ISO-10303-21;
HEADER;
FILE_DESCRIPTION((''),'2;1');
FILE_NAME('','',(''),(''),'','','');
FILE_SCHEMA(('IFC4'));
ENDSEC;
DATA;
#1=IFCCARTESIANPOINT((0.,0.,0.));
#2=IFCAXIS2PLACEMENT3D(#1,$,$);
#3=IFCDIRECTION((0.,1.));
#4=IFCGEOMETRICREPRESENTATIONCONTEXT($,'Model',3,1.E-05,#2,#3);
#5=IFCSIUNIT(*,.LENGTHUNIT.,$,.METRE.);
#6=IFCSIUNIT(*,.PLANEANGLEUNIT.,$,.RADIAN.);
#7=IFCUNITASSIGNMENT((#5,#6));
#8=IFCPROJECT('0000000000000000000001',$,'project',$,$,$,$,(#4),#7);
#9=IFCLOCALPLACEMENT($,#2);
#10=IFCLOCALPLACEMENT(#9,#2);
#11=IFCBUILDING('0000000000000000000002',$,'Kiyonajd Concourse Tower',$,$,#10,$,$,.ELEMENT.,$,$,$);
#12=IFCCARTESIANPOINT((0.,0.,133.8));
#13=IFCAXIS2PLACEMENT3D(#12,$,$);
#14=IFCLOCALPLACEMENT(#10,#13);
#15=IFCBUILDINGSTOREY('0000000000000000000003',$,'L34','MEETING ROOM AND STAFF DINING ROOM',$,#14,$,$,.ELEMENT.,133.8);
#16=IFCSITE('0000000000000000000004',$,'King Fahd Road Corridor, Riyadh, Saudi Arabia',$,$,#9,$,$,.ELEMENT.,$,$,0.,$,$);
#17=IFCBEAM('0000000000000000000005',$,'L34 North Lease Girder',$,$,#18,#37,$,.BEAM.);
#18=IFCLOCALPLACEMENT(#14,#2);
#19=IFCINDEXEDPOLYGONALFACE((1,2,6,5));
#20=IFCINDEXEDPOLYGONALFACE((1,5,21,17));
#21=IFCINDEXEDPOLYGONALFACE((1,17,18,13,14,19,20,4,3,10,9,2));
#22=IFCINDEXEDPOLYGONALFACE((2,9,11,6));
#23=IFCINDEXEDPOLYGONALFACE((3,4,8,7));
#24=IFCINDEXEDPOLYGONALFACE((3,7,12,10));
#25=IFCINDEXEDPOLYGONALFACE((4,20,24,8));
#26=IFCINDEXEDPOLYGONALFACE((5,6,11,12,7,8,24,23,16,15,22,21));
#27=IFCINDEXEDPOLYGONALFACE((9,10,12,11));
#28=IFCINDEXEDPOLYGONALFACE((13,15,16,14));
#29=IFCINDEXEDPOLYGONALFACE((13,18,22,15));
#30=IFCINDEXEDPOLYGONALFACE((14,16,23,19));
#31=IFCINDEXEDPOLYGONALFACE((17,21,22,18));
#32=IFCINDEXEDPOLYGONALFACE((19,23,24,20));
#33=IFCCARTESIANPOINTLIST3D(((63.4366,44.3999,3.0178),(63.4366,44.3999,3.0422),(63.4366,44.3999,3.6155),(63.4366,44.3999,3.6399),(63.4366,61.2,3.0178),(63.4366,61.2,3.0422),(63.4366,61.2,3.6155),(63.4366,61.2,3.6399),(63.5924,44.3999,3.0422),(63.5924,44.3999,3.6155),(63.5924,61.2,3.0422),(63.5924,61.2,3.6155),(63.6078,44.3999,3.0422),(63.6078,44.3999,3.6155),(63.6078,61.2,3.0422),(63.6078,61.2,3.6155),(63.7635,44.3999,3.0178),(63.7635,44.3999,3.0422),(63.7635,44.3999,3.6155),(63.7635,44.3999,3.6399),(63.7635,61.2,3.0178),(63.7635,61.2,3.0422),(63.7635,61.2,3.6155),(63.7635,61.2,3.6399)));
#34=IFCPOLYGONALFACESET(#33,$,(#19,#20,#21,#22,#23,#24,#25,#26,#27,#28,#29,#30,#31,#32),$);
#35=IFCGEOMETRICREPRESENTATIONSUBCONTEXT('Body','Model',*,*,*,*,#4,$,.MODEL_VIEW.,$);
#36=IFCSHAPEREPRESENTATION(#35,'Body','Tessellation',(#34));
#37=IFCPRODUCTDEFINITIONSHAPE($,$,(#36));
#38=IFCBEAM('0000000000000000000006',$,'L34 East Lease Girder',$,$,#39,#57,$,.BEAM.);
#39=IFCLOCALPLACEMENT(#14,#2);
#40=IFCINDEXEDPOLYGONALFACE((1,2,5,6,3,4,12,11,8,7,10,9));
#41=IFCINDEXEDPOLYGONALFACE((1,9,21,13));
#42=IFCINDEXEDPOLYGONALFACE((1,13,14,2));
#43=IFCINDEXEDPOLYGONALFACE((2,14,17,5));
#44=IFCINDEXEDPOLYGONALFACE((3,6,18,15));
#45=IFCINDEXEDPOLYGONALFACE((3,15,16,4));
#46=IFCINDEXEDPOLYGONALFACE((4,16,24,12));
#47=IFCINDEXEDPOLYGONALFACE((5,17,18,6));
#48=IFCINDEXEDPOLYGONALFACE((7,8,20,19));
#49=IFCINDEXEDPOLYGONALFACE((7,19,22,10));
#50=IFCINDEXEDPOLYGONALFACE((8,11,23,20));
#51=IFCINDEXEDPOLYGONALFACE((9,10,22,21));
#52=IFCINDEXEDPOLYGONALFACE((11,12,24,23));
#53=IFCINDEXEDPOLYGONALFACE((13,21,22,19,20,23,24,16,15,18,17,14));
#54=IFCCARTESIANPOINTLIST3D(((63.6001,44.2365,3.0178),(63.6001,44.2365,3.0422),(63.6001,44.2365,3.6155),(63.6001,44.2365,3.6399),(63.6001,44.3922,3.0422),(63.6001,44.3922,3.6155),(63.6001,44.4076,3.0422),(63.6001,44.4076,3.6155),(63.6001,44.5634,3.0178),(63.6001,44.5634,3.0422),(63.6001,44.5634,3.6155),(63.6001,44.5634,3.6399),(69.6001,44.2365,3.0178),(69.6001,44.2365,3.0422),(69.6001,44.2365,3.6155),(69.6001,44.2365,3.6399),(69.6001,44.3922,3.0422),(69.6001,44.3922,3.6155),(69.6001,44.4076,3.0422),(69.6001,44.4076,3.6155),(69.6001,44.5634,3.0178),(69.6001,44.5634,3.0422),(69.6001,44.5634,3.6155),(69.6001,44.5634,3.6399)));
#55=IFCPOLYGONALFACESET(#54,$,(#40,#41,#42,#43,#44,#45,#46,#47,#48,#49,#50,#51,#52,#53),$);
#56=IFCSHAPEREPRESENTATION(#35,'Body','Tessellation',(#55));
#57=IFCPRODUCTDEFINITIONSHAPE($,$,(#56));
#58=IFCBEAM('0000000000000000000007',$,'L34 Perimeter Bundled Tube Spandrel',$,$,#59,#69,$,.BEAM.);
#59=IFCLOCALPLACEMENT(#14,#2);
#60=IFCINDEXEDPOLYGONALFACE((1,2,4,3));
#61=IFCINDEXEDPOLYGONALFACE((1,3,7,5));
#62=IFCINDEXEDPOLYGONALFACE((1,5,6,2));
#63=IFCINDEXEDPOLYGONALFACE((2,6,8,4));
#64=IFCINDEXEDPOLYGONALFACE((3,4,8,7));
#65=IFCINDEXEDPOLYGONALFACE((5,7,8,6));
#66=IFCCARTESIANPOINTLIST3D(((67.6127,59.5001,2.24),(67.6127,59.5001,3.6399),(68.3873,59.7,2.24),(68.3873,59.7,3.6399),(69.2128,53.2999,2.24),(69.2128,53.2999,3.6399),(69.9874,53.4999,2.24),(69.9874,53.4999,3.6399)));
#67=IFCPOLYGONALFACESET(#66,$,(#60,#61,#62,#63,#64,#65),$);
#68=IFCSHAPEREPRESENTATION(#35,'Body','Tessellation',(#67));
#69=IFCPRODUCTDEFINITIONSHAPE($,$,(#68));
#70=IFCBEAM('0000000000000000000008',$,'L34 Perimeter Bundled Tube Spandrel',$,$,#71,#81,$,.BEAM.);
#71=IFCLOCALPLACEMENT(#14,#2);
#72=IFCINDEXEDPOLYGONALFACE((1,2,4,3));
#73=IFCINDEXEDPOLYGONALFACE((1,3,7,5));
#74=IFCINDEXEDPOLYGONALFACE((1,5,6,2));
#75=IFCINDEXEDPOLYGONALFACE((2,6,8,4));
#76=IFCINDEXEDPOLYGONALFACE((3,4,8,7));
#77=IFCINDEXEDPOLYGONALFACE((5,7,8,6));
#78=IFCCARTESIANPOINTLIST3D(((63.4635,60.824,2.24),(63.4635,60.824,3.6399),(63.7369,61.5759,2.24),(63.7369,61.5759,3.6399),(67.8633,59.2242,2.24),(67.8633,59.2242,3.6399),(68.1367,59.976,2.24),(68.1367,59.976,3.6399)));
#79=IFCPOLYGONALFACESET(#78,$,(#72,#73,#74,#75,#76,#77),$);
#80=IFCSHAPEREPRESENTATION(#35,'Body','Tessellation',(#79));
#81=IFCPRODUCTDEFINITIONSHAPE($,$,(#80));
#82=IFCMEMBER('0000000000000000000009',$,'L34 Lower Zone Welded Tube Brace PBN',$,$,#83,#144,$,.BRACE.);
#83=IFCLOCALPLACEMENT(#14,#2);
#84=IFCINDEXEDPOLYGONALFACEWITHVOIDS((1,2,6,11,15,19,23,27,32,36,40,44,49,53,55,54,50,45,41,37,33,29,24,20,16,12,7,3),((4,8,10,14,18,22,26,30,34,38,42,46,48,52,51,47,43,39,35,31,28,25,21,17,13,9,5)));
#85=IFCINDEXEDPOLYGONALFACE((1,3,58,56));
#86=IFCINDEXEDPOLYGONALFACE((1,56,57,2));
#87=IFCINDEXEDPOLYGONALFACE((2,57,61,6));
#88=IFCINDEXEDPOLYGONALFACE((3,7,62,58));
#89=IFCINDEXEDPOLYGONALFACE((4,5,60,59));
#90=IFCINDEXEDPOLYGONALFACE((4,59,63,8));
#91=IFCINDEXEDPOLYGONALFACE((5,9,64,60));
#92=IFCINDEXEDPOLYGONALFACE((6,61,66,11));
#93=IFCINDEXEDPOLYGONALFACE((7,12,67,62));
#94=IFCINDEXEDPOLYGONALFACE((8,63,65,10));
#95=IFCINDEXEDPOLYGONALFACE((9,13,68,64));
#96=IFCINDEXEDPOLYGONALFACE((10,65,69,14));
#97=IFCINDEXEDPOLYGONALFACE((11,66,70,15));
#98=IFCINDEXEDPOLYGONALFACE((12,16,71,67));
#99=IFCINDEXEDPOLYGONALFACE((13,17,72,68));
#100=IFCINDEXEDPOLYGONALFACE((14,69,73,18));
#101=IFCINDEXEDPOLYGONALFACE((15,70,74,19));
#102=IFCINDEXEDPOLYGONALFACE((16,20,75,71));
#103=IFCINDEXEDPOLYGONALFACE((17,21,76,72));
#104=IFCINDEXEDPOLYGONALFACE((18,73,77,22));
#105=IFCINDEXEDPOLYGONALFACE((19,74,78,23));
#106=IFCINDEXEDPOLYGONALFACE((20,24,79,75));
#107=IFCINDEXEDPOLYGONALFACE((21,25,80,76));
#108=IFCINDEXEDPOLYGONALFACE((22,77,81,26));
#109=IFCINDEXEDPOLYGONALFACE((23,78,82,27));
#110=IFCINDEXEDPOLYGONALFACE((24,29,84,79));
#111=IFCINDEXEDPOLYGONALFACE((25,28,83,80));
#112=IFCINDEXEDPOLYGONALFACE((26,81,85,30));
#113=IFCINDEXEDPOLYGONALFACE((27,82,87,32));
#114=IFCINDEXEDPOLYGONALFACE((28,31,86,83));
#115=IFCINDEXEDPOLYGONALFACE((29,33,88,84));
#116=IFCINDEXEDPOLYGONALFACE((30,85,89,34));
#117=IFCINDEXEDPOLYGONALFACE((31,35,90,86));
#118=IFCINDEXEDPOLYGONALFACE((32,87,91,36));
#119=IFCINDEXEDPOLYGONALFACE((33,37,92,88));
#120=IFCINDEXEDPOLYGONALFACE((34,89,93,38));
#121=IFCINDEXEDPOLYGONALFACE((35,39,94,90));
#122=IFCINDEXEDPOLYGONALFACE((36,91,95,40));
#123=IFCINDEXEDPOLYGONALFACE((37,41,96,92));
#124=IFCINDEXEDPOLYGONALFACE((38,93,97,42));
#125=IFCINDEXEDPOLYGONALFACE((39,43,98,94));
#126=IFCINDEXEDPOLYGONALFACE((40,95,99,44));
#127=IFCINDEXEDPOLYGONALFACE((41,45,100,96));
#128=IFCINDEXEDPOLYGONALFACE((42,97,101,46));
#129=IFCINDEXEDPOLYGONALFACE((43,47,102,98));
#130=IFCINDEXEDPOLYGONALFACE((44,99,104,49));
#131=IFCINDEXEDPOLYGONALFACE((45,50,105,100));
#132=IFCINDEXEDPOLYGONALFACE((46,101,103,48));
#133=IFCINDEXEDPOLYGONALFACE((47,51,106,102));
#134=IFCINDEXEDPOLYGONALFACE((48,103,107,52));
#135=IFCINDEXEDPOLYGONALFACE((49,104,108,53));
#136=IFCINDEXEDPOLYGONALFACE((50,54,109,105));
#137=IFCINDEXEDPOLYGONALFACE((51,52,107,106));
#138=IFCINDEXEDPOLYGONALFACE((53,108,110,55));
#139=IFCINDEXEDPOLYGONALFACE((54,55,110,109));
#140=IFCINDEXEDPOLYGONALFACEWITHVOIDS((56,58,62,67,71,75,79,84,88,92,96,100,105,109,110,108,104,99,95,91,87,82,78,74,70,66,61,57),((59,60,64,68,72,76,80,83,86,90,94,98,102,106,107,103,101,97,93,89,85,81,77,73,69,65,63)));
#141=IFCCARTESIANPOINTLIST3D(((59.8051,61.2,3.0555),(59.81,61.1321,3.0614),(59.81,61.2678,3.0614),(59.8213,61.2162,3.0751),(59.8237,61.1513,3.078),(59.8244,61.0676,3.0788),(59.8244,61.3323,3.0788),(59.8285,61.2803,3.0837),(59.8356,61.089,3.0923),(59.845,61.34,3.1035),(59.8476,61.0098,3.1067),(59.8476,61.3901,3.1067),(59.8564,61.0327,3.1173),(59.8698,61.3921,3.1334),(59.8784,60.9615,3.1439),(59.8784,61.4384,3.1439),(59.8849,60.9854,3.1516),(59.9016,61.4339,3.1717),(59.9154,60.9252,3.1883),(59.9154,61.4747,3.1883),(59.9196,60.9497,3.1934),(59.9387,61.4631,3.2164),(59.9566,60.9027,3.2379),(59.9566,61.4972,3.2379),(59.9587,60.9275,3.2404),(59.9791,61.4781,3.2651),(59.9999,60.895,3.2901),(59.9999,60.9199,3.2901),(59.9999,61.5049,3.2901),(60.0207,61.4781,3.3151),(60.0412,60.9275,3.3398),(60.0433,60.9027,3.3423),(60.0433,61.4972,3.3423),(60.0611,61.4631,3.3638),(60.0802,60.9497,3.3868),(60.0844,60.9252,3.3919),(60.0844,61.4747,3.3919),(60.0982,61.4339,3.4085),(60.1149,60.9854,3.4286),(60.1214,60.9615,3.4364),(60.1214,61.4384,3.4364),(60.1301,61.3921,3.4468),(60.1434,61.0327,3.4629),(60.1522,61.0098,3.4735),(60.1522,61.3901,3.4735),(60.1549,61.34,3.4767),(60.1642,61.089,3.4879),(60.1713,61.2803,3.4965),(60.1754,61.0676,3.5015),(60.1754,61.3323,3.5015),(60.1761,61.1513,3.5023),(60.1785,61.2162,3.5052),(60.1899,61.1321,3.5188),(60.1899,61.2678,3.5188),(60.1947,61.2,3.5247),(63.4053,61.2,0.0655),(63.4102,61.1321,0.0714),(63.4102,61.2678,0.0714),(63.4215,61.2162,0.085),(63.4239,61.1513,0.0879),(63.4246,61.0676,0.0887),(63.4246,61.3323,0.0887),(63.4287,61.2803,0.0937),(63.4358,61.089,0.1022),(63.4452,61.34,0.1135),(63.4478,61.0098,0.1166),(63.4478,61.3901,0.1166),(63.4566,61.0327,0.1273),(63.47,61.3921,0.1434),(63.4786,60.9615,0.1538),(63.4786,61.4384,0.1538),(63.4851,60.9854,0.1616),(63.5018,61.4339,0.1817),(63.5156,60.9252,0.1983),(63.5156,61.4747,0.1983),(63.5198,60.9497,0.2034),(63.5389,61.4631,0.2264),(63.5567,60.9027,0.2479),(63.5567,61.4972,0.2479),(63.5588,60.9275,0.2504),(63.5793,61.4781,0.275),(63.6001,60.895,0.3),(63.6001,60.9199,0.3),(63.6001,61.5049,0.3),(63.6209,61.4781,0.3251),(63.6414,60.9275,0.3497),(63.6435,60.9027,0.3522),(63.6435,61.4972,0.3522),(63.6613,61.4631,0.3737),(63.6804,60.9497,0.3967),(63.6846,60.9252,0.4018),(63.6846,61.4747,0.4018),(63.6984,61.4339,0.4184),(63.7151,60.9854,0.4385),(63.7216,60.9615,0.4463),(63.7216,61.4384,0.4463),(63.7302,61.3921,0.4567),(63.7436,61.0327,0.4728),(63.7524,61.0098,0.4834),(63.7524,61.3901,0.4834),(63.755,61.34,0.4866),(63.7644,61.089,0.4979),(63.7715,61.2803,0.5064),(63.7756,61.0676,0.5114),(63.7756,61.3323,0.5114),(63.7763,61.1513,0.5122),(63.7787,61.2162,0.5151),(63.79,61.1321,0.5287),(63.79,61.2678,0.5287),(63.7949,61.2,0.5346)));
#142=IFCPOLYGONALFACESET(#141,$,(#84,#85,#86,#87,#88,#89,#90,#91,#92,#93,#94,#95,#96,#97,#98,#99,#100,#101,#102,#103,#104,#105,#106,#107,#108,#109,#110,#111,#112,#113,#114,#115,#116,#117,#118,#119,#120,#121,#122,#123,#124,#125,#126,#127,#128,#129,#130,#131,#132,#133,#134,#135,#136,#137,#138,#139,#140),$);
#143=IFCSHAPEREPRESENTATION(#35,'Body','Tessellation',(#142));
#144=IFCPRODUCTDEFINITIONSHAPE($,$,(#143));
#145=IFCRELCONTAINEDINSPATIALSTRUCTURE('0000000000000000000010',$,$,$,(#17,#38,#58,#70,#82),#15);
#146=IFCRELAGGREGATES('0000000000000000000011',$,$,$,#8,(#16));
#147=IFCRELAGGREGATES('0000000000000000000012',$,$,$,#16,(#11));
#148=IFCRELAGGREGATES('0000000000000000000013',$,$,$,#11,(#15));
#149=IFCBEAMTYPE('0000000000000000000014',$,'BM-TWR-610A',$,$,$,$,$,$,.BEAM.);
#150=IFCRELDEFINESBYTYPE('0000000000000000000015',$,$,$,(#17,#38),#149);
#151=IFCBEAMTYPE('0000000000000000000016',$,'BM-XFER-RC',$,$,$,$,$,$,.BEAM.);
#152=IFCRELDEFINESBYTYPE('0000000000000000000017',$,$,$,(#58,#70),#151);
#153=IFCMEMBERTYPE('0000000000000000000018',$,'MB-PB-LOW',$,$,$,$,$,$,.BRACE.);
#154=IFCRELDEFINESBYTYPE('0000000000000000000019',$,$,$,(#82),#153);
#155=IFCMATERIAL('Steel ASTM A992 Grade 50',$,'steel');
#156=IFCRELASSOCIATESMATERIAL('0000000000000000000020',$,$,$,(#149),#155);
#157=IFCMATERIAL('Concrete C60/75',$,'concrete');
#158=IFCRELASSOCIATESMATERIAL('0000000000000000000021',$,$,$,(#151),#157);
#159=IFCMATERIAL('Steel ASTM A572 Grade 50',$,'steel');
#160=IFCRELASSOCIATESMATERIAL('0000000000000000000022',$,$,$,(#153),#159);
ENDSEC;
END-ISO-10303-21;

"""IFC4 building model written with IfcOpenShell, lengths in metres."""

from ifc_helpers import new_model, si_unit, direction, frame, origin, origin_2d, place, context, subcontext, project, spatial, rectangle, hollow_circle, i_section, extrude, material, material_profile, profile_set, type_object, element, save


model = new_model("IFC4")

# Units and contexts
model_context = context("Model", 3, precision=1e-05, world=origin(), true_north=direction((0.0, 1.0)))
body_context = subcontext(model_context, "Body", "Model", "MODEL_VIEW")
ifc_project = project(units=[si_unit("LENGTHUNIT", "METRE"), si_unit("PLANEANGLEUNIT", "RADIAN")], contexts=[model_context])

# Site, building, storey
site_placement = place(None, origin())
site = spatial("IfcSite", under=ifc_project, at=site_placement, Name="King Fahd Road Corridor, Riyadh, Saudi Arabia", CompositionType="ELEMENT", RefElevation=0.0)
building_placement = place(site_placement, origin())
building = spatial("IfcBuilding", under=site, at=building_placement, Name="Kiyonajd Concourse Tower", CompositionType="ELEMENT")
storey_placement = place(building_placement, frame((0.0, 0.0, 133.8)))
storey = spatial("IfcBuildingStorey", under=building, at=storey_placement, Name="L34", Description="MEETING ROOM AND STAFF DINING ROOM", CompositionType="ELEMENT", Elevation=133.8)

# Beams
ifc_material_1 = material(Name="Steel ASTM A992 Grade 50", Category="steel")
ifc_material_profile_1 = material_profile(ifc_material_1, i_section(OverallWidth=0.3269, OverallDepth=0.6221, WebThickness=0.0154, FlangeThickness=0.0244, at=origin_2d()), Name="W610X195")
ifc_profile_set_1 = profile_set([ifc_material_profile_1], Name="Steel ASTM A992 Grade 50")
beam_type_1 = type_object("IfcBeamType", Name="BM-TWR-610A", PredefinedType="BEAM", material=ifc_profile_set_1)
beam_1_placement = place(storey_placement, frame((63.6001, 44.3999, 3.3289), z_axis=(0.0, 1.0, 0.0), x_axis=(-1.0, 0.0, 0.0)))
element("IfcBeam", 1, at=beam_1_placement, inside=storey, type_object=beam_type_1, Name="L34 North Lease Girder", PredefinedType="BEAM", context=body_context, shape_type="SweptSolid", body=[
    extrude(i_section(OverallWidth=0.3269, OverallDepth=0.6221, WebThickness=0.0154, FlangeThickness=0.0244, at=origin_2d()), origin(), (0.0, 0.0, 1.0), 16.8),
])
beam_2_placement = place(storey_placement, frame((63.6001, 44.3999, 3.3289), z_axis=(1.0, 0.0, 0.0), x_axis=(0.0, 1.0, 0.0)))
element("IfcBeam", 2, at=beam_2_placement, inside=storey, type_object=beam_type_1, Name="L34 East Lease Girder", PredefinedType="BEAM", context=body_context, shape_type="SweptSolid", body=[
    extrude(i_section(OverallWidth=0.3269, OverallDepth=0.6221, WebThickness=0.0154, FlangeThickness=0.0244, at=origin_2d()), origin(), (0.0, 0.0, 1.0), 6.0),
])
ifc_material_2 = material(Name="Concrete C60/75", Category="concrete")
ifc_material_profile_2 = material_profile(ifc_material_2, rectangle(XDim=0.8, YDim=1.3999, at=origin_2d()), Name="RCBM-800x1400")
ifc_profile_set_2 = profile_set([ifc_material_profile_2], Name="Concrete C60/75")
beam_type_2 = type_object("IfcBeamType", Name="BM-XFER-RC", PredefinedType="BEAM", material=ifc_profile_set_2)
beam_3_placement = place(storey_placement, frame((69.6001, 53.3999, 2.9399), z_axis=(-0.249885, 0.968276, 0.0), x_axis=(-0.968276, -0.249885, 0.0)))
element("IfcBeam", 3, at=beam_3_placement, inside=storey, type_object=beam_type_2, Name="L34 Perimeter Bundled Tube Spandrel", PredefinedType="BEAM", context=body_context, shape_type="SweptSolid", body=[
    extrude(rectangle(XDim=0.8, YDim=1.3999, at=origin_2d()), origin(), (0.0, 0.0, 1.0), 6.4033),
])
beam_4_placement = place(storey_placement, frame((68.0, 59.6001, 2.9399), z_axis=(-0.939801, 0.341722, 0.0), x_axis=(-0.341722, -0.939801, 0.0)))
element("IfcBeam", 4, at=beam_4_placement, inside=storey, type_object=beam_type_2, Name="L34 Perimeter Bundled Tube Spandrel", PredefinedType="BEAM", context=body_context, shape_type="SweptSolid", body=[
    extrude(rectangle(XDim=0.8, YDim=1.3999, at=origin_2d()), origin(), (0.0, 0.0, 1.0), 4.6816),
])

# Member
ifc_material_3 = material(Name="Steel ASTM A572 Grade 50", Category="steel")
ifc_material_profile_3 = material_profile(ifc_material_3, hollow_circle(Radius=0.3049, WallThickness=0.0249, at=origin_2d()), Name="CHS-610x25")
ifc_profile_set_3 = profile_set([ifc_material_profile_3], Name="Steel ASTM A572 Grade 50")
member_type = type_object("IfcMemberType", Name="MB-PB-LOW", PredefinedType="BRACE", material=ifc_profile_set_3)
member_1_placement = place(storey_placement, frame((63.6001, 61.2, 0.3), z_axis=(-0.769281, 0.0, 0.638911), x_axis=(0.0, -1.0, 0.0)))
element("IfcMember", 5, at=member_1_placement, inside=storey, type_object=member_type, Name="L34 Lower Zone Welded Tube Brace PBN", PredefinedType="BRACE", context=body_context, shape_type="SweptSolid", body=[
    extrude(hollow_circle(Radius=0.3049, WallThickness=0.0249, at=origin_2d()), origin(), (0.0, 0.0, 1.0), 4.6799),
])

save(model, "model.ifc")
